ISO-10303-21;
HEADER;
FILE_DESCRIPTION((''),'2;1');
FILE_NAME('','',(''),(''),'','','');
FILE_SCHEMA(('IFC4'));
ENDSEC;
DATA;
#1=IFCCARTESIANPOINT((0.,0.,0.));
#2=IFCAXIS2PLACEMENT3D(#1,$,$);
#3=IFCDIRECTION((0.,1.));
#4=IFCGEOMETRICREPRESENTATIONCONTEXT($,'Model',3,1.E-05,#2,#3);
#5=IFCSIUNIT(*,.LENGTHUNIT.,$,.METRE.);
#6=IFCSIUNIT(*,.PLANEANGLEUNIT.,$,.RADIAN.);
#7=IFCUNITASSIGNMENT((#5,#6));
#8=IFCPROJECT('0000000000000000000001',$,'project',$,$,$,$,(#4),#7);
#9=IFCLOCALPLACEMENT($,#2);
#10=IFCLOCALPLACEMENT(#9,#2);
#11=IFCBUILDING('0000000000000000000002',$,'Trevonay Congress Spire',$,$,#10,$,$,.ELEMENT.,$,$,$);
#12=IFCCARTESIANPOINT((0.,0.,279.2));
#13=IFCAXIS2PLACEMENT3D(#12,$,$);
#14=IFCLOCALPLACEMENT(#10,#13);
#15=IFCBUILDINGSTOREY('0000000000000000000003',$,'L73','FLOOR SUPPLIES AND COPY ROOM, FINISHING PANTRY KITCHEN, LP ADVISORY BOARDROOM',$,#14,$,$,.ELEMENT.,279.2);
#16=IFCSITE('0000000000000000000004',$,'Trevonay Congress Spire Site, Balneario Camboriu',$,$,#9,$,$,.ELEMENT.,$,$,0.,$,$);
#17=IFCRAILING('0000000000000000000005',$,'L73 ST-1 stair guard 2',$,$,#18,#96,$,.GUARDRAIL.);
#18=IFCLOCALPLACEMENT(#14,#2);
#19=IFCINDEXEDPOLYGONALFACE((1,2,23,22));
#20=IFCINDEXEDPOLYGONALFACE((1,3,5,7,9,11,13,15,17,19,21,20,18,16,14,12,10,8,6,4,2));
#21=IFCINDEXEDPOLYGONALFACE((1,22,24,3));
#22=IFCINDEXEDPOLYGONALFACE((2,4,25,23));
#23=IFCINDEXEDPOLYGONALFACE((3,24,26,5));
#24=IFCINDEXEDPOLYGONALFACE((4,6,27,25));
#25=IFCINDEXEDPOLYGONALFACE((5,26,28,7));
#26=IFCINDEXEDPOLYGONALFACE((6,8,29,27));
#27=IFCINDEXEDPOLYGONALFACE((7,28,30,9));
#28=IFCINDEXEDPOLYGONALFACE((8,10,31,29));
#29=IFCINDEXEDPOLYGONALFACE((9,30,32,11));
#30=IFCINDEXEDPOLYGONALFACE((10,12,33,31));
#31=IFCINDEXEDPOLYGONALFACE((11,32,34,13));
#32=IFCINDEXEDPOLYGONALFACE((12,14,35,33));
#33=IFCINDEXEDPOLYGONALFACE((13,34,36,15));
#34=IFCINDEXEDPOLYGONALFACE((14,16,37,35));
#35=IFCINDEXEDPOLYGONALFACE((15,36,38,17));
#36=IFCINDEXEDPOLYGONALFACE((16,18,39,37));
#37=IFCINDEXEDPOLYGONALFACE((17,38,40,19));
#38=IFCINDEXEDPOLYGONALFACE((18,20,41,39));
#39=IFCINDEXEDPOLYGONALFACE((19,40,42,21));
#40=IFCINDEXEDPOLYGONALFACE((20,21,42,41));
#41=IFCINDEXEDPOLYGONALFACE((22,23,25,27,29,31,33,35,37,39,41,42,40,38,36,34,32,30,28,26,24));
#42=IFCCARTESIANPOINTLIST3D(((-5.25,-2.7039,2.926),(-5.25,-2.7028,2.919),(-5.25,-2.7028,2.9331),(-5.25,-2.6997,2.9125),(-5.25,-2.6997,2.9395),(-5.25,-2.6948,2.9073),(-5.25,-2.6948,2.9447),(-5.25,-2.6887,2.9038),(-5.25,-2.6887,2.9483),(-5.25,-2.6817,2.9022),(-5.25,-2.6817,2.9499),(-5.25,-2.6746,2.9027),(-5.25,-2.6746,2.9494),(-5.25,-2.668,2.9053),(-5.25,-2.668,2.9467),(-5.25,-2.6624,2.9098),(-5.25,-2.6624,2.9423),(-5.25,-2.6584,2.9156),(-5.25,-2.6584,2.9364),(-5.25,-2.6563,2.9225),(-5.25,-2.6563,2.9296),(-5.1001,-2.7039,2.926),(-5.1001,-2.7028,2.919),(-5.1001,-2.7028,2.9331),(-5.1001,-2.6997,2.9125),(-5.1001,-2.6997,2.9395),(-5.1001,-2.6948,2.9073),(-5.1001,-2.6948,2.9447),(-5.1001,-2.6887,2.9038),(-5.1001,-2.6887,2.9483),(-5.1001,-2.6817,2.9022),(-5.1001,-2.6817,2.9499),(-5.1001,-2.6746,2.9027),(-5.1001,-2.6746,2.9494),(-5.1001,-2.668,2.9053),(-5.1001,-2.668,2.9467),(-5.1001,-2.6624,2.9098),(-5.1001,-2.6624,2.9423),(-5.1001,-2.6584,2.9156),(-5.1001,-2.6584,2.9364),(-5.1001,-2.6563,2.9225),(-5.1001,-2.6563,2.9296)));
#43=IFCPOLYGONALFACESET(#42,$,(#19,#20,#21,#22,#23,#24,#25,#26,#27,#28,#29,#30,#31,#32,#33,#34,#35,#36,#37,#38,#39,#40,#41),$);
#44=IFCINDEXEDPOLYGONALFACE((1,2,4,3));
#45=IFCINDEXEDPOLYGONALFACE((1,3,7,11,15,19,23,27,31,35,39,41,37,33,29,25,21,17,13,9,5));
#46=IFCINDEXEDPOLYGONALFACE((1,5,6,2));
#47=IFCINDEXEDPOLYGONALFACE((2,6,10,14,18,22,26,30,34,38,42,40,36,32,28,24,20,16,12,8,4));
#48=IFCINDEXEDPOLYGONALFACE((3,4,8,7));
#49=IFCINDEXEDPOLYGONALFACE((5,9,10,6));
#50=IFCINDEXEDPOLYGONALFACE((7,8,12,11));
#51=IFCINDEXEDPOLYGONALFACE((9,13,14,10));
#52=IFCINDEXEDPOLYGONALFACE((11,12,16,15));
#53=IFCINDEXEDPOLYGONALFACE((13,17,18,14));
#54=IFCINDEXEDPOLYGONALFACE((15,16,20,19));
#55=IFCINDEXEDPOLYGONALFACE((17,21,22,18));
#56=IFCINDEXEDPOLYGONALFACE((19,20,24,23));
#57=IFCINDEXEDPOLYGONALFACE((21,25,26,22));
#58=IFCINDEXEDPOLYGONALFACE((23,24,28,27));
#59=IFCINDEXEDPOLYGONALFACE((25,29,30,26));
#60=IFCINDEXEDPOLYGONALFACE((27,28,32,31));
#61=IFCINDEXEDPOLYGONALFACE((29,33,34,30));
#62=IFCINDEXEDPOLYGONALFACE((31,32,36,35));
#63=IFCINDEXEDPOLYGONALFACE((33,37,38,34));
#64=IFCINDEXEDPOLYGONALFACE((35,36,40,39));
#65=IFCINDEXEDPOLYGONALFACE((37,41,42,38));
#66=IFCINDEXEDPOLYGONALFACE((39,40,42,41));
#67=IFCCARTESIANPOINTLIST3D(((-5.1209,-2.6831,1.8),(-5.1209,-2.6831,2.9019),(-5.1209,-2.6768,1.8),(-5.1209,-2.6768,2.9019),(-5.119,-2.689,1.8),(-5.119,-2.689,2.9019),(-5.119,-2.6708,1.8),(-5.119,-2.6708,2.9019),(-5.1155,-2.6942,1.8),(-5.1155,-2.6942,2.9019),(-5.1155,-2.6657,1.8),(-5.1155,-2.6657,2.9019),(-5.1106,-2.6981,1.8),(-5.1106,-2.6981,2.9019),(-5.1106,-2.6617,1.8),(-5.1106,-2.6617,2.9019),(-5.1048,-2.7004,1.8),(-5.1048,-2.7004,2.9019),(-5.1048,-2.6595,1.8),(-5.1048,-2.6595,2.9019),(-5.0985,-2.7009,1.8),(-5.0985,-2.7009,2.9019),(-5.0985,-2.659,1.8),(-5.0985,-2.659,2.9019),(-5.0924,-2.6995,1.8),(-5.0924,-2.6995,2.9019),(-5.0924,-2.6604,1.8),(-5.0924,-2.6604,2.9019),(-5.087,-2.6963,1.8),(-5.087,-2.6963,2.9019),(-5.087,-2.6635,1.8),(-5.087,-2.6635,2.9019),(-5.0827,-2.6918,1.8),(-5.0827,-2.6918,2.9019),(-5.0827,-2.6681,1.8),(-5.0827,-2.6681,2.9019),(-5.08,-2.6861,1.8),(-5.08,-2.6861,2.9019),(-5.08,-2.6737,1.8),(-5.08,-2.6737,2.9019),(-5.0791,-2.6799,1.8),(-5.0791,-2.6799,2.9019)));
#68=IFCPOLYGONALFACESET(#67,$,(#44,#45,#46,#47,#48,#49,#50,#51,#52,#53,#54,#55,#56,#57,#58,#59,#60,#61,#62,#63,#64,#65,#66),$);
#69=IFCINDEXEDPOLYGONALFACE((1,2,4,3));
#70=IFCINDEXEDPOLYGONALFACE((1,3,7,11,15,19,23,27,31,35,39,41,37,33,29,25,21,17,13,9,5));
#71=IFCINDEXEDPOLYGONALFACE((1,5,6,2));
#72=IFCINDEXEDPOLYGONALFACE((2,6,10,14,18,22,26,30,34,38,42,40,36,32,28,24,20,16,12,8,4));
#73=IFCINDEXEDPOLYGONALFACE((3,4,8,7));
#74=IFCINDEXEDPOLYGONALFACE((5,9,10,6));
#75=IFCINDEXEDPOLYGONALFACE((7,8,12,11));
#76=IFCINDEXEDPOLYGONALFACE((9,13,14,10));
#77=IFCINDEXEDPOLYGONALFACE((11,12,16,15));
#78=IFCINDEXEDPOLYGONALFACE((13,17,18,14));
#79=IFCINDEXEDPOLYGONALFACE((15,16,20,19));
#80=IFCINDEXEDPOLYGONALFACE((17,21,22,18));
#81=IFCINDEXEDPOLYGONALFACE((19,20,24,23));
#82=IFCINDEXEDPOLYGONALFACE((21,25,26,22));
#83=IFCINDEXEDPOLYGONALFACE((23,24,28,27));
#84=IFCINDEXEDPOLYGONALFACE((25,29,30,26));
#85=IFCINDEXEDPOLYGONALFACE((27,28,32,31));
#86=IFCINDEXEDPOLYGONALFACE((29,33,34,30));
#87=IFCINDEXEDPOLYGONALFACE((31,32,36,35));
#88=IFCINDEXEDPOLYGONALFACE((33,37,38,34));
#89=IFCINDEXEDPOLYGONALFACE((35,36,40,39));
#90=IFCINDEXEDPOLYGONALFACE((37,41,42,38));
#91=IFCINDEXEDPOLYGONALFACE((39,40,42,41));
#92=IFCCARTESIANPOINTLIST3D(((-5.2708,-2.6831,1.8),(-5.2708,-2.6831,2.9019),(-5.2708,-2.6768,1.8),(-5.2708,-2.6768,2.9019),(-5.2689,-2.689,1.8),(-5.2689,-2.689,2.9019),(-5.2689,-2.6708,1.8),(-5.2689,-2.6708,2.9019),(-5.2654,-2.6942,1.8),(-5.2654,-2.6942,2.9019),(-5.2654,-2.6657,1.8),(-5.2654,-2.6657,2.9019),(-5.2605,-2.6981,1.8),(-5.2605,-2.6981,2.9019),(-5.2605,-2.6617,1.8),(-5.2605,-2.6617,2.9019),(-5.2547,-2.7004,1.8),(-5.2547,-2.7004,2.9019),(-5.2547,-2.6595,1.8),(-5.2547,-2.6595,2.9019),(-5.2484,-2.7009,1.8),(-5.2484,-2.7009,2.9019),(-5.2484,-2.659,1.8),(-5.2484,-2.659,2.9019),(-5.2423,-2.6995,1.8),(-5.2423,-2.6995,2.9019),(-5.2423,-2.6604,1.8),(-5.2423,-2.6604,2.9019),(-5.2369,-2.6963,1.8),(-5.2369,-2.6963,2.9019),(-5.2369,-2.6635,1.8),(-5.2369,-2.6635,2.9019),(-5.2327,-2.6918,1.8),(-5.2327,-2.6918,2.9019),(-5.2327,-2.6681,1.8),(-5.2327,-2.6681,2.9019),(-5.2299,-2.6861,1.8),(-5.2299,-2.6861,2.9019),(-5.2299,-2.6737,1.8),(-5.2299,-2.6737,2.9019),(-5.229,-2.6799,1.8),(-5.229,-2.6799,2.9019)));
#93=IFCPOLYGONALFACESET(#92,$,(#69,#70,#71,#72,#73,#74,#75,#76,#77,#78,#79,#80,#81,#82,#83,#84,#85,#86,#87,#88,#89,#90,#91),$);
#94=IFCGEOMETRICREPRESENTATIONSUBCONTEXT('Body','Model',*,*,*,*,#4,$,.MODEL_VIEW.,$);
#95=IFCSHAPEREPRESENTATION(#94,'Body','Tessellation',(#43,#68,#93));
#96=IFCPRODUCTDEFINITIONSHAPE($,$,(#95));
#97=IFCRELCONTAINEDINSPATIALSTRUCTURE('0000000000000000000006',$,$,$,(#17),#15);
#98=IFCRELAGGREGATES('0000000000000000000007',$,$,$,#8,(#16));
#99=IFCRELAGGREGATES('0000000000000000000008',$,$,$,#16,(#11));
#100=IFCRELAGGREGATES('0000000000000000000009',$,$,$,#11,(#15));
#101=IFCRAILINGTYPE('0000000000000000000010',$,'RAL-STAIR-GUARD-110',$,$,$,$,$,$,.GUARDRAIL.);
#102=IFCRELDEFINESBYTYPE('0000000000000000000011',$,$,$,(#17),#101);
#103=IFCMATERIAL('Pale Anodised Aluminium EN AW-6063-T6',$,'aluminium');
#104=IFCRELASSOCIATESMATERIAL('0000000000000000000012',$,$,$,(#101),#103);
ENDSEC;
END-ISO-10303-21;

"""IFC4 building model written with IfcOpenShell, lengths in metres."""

from ifc_helpers import new_model, si_unit, direction, frame, origin, origin_2d, place, context, subcontext, project, spatial, circle, extrude, material, type_object, element, save


model = new_model("IFC4")

# Units and contexts
model_context = context("Model", 3, precision=1e-05, world=origin(), true_north=direction((0.0, 1.0)))
body_context = subcontext(model_context, "Body", "Model", "MODEL_VIEW")
ifc_project = project(units=[si_unit("LENGTHUNIT", "METRE"), si_unit("PLANEANGLEUNIT", "RADIAN")], contexts=[model_context])

# Site, building, storey
site_placement = place(None, origin())
site = spatial("IfcSite", under=ifc_project, at=site_placement, Name="Trevonay Congress Spire Site, Balneario Camboriu", CompositionType="ELEMENT", RefElevation=0.0)
building_placement = place(site_placement, origin())
building = spatial("IfcBuilding", under=site, at=building_placement, Name="Trevonay Congress Spire", CompositionType="ELEMENT")
storey_placement = place(building_placement, frame((0.0, 0.0, 279.2)))
storey = spatial("IfcBuildingStorey", under=building, at=storey_placement, Name="L73", Description="FLOOR SUPPLIES AND COPY ROOM, FINISHING PANTRY KITCHEN, LP ADVISORY BOARDROOM", CompositionType="ELEMENT", Elevation=279.2)

# Railing
ifc_material_1 = material(Name="Pale Anodised Aluminium EN AW-6063-T6", Category="aluminium")
railing_type_1 = type_object("IfcRailingType", Name="RAL-STAIR-GUARD-110", PredefinedType="GUARDRAIL", material=ifc_material_1)
railing_1_placement = place(storey_placement, frame((-5.1001, -2.6799, 1.8)))
element("IfcRailing", 1, at=railing_1_placement, inside=storey, type_object=railing_type_1, Name="L73 ST-1 stair guard 2", PredefinedType="GUARDRAIL", context=body_context, shape_type="SweptSolid", body=[
    extrude(circle(Radius=0.0239, at=origin_2d()), frame((0.0, 0.0, 1.126), z_axis=(-1.0, 0.0, 0.0), x_axis=(0.0, -1.0, 0.0)), (0.0, 0.0, 1.0), 0.1499),
    extrude(circle(Radius=0.021, at=origin_2d()), origin(), (0.0, 0.0, 1.0), 1.1018),
    extrude(circle(Radius=0.021, at=origin_2d()), frame((-0.1499, 0.0, 0.0)), (0.0, 0.0, 1.0), 1.1018),
])

save(model, "model.ifc")
